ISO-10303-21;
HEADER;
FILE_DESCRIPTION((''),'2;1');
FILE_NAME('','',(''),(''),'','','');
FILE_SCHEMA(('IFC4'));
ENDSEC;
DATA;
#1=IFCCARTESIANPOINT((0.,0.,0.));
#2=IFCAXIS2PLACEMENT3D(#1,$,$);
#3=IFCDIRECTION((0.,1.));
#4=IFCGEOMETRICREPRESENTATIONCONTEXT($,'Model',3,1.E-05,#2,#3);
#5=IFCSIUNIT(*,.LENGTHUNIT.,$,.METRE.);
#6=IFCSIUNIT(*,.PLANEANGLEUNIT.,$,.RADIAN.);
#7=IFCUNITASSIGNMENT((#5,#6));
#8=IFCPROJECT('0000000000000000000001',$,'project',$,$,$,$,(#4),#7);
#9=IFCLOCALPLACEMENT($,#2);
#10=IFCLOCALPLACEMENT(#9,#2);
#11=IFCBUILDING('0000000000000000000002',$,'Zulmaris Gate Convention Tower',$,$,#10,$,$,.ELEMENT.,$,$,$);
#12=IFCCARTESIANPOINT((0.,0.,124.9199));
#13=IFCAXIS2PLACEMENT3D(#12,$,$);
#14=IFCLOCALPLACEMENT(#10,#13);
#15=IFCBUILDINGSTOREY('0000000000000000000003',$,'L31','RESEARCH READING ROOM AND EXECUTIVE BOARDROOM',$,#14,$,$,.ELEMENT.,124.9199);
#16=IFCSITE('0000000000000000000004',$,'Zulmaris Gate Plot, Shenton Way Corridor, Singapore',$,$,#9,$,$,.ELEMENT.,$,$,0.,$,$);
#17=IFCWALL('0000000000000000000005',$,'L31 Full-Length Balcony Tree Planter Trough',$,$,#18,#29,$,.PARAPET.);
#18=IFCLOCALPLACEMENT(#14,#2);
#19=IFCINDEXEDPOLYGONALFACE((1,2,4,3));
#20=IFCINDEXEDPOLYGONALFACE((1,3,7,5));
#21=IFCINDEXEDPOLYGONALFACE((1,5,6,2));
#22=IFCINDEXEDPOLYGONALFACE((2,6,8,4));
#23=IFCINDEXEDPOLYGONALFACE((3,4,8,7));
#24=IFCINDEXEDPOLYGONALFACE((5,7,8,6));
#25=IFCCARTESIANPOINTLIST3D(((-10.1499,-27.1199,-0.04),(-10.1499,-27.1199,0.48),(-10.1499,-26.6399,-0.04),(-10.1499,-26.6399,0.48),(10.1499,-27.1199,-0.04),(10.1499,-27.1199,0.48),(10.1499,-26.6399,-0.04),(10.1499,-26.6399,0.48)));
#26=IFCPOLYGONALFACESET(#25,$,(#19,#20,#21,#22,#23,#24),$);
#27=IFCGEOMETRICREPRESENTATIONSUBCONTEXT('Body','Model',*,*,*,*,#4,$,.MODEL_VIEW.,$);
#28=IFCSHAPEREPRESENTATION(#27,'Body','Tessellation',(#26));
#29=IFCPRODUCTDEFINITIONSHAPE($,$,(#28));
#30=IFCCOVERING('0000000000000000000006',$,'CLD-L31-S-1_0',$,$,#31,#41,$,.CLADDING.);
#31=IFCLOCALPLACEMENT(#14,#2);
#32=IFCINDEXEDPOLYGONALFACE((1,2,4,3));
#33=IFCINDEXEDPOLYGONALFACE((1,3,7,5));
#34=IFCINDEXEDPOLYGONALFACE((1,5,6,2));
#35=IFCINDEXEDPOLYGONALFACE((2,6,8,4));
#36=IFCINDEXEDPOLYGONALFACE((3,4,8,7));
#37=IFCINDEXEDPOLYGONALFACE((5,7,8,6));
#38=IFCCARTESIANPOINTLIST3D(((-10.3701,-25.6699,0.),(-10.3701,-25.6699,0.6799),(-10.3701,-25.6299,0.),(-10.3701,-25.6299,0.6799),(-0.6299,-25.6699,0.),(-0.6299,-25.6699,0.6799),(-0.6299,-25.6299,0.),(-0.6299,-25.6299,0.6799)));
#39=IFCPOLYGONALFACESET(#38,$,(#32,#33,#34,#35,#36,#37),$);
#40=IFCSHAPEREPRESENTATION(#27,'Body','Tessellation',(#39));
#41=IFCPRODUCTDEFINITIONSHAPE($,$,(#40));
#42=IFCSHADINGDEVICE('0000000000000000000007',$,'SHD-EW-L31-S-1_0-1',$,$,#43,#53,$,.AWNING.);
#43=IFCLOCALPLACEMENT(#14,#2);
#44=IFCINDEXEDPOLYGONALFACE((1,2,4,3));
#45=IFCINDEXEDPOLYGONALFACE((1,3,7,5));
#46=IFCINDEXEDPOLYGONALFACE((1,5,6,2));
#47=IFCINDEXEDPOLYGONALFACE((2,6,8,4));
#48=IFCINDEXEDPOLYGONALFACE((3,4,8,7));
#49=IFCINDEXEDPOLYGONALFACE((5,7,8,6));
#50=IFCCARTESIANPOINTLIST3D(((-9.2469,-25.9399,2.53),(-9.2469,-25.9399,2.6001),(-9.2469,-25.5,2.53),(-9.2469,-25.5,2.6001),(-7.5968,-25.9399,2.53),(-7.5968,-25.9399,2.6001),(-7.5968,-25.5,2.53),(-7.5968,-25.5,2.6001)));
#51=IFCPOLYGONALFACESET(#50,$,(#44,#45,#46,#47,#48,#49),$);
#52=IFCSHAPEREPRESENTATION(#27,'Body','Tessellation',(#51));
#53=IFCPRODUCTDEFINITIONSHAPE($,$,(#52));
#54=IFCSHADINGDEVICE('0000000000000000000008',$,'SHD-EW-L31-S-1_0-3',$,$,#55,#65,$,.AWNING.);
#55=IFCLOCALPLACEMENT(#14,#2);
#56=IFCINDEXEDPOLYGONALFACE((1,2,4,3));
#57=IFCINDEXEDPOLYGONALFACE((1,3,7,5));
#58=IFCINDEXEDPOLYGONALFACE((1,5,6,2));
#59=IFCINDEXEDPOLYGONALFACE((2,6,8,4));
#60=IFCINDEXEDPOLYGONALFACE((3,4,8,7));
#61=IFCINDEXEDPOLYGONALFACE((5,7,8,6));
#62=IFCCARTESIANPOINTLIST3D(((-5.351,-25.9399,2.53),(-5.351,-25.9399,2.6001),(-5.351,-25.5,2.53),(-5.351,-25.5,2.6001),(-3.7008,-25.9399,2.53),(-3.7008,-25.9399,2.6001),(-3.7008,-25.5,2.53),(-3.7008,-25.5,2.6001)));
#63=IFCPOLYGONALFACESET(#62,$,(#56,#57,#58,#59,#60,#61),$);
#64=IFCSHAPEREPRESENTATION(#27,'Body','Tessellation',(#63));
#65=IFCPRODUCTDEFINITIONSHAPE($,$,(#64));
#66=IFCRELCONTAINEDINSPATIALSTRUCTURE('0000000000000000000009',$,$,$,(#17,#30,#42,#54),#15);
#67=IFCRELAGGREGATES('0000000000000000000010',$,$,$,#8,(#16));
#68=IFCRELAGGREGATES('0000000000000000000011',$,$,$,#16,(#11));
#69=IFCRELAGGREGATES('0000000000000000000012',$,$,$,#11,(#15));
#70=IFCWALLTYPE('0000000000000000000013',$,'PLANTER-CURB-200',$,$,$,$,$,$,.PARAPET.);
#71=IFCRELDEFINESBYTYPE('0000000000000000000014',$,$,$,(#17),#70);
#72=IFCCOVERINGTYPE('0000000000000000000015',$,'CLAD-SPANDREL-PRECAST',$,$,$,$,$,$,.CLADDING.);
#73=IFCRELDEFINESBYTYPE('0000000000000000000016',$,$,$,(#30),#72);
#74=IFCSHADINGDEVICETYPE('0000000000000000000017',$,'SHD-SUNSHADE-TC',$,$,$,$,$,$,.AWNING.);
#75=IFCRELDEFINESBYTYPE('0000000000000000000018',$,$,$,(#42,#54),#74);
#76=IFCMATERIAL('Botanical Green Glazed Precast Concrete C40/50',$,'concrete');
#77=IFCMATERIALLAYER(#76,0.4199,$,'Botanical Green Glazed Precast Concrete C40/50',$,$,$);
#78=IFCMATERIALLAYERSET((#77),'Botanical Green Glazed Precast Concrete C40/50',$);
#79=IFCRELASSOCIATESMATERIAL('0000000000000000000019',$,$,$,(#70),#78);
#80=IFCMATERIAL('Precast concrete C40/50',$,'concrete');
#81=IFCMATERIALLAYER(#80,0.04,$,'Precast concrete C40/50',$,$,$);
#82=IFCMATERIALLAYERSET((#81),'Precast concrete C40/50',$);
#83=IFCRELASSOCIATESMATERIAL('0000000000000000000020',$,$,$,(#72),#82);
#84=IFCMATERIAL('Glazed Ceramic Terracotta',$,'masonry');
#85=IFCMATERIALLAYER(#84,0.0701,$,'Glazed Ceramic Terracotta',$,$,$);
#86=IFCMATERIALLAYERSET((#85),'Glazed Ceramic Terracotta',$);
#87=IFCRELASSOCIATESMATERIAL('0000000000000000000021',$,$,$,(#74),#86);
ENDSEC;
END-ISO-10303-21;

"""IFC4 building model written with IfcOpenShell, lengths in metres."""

from ifc_helpers import new_model, si_unit, direction, frame, frame_2d, origin, place, context, subcontext, project, spatial, rectangle, extrude, material, layer, layer_set, type_object, element, save


model = new_model("IFC4")

# Units and contexts
model_context = context("Model", 3, precision=1e-05, world=origin(), true_north=direction((0.0, 1.0)))
body_context = subcontext(model_context, "Body", "Model", "MODEL_VIEW")
ifc_project = project(units=[si_unit("LENGTHUNIT", "METRE"), si_unit("PLANEANGLEUNIT", "RADIAN")], contexts=[model_context])

# Site, building, storey
site_placement = place(None, origin())
site = spatial("IfcSite", under=ifc_project, at=site_placement, Name="Zulmaris Gate Plot, Shenton Way Corridor, Singapore", CompositionType="ELEMENT", RefElevation=0.0)
building_placement = place(site_placement, origin())
building = spatial("IfcBuilding", under=site, at=building_placement, Name="Zulmaris Gate Convention Tower", CompositionType="ELEMENT")
storey_placement = place(building_placement, frame((0.0, 0.0, 124.9199)))
storey = spatial("IfcBuildingStorey", under=building, at=storey_placement, Name="L31", Description="RESEARCH READING ROOM AND EXECUTIVE BOARDROOM", CompositionType="ELEMENT", Elevation=124.9199)

# Wall
ifc_material_1 = material(Name="Botanical Green Glazed Precast Concrete C40/50", Category="concrete")
ifc_layer_1 = layer(ifc_material_1, 0.4199, Name="Botanical Green Glazed Precast Concrete C40/50")
ifc_layer_set_1 = layer_set([ifc_layer_1], Name="Botanical Green Glazed Precast Concrete C40/50")
wall_type_1 = type_object("IfcWallType", Name="PLANTER-CURB-200", PredefinedType="PARAPET", material=ifc_layer_set_1)
wall_1_placement = place(storey_placement, frame((-10.1499, -26.8799, -0.04), z_axis=(0.0, 0.0, 1.0), x_axis=(1.0, 0.0, 0.0)))
element("IfcWall", 1, at=wall_1_placement, inside=storey, type_object=wall_type_1, Name="L31 Full-Length Balcony Tree Planter Trough", PredefinedType="PARAPET", context=body_context, shape_type="SweptSolid", body=[
    extrude(rectangle(XDim=20.2998, YDim=0.48, at=frame_2d((10.1499, 0.0))), origin(), (0.0, 0.0, 1.0), 0.52),
])

# Shared definitions
ifc_material_2 = material(Name="Precast concrete C40/50", Category="concrete")

# Covering
ifc_layer_2 = layer(ifc_material_2, 0.04, Name="Precast concrete C40/50")
ifc_layer_set_2 = layer_set([ifc_layer_2], Name="Precast concrete C40/50")
covering_type = type_object("IfcCoveringType", Name="CLAD-SPANDREL-PRECAST", PredefinedType="CLADDING", material=ifc_layer_set_2)
covering_placement = place(storey_placement, frame((-10.3701, -25.6499, 0.0), z_axis=(0.0, 0.0, 1.0), x_axis=(1.0, 0.0, 0.0)))
element("IfcCovering", 2, at=covering_placement, inside=storey, type_object=covering_type, Name="CLD-L31-S-1_0", PredefinedType="CLADDING", context=body_context, shape_type="SweptSolid", body=[
    extrude(rectangle(XDim=9.7402, YDim=0.04, at=frame_2d((4.8701, 0.0))), origin(), (0.0, 0.0, 1.0), 0.6799),
])

# Shading devices
ifc_material_3 = material(Name="Glazed Ceramic Terracotta", Category="masonry")
ifc_layer_3 = layer(ifc_material_3, 0.0701, Name="Glazed Ceramic Terracotta")
ifc_layer_set_3 = layer_set([ifc_layer_3], Name="Glazed Ceramic Terracotta")
shading_device_type = type_object("IfcShadingDeviceType", Name="SHD-SUNSHADE-TC", PredefinedType="AWNING", material=ifc_layer_set_3)
for number, where, z_axis, x_axis, name in (
    (3, (-9.2471, -25.72, 2.53), (0.0, 0.0, 1.0), (1.0, 0.0, 0.0), "SHD-EW-L31-S-1_0-1"),
    (4, (-5.3511, -25.72, 2.53), (0.0, 0.0, 1.0), (1.0, 0.0, 0.0), "SHD-EW-L31-S-1_0-3"),
):
    element("IfcShadingDevice", number, at=place(storey_placement, frame(where, z_axis=z_axis, x_axis=x_axis)), inside=storey, type_object=shading_device_type, Name=name, PredefinedType="AWNING", context=body_context, shape_type="SweptSolid", body=[
        extrude(rectangle(XDim=1.6501, YDim=0.4399, at=frame_2d((0.8252, 0.0))), origin(), (0.0, 0.0, 1.0), 0.0701),
    ])

save(model, "model.ifc")
